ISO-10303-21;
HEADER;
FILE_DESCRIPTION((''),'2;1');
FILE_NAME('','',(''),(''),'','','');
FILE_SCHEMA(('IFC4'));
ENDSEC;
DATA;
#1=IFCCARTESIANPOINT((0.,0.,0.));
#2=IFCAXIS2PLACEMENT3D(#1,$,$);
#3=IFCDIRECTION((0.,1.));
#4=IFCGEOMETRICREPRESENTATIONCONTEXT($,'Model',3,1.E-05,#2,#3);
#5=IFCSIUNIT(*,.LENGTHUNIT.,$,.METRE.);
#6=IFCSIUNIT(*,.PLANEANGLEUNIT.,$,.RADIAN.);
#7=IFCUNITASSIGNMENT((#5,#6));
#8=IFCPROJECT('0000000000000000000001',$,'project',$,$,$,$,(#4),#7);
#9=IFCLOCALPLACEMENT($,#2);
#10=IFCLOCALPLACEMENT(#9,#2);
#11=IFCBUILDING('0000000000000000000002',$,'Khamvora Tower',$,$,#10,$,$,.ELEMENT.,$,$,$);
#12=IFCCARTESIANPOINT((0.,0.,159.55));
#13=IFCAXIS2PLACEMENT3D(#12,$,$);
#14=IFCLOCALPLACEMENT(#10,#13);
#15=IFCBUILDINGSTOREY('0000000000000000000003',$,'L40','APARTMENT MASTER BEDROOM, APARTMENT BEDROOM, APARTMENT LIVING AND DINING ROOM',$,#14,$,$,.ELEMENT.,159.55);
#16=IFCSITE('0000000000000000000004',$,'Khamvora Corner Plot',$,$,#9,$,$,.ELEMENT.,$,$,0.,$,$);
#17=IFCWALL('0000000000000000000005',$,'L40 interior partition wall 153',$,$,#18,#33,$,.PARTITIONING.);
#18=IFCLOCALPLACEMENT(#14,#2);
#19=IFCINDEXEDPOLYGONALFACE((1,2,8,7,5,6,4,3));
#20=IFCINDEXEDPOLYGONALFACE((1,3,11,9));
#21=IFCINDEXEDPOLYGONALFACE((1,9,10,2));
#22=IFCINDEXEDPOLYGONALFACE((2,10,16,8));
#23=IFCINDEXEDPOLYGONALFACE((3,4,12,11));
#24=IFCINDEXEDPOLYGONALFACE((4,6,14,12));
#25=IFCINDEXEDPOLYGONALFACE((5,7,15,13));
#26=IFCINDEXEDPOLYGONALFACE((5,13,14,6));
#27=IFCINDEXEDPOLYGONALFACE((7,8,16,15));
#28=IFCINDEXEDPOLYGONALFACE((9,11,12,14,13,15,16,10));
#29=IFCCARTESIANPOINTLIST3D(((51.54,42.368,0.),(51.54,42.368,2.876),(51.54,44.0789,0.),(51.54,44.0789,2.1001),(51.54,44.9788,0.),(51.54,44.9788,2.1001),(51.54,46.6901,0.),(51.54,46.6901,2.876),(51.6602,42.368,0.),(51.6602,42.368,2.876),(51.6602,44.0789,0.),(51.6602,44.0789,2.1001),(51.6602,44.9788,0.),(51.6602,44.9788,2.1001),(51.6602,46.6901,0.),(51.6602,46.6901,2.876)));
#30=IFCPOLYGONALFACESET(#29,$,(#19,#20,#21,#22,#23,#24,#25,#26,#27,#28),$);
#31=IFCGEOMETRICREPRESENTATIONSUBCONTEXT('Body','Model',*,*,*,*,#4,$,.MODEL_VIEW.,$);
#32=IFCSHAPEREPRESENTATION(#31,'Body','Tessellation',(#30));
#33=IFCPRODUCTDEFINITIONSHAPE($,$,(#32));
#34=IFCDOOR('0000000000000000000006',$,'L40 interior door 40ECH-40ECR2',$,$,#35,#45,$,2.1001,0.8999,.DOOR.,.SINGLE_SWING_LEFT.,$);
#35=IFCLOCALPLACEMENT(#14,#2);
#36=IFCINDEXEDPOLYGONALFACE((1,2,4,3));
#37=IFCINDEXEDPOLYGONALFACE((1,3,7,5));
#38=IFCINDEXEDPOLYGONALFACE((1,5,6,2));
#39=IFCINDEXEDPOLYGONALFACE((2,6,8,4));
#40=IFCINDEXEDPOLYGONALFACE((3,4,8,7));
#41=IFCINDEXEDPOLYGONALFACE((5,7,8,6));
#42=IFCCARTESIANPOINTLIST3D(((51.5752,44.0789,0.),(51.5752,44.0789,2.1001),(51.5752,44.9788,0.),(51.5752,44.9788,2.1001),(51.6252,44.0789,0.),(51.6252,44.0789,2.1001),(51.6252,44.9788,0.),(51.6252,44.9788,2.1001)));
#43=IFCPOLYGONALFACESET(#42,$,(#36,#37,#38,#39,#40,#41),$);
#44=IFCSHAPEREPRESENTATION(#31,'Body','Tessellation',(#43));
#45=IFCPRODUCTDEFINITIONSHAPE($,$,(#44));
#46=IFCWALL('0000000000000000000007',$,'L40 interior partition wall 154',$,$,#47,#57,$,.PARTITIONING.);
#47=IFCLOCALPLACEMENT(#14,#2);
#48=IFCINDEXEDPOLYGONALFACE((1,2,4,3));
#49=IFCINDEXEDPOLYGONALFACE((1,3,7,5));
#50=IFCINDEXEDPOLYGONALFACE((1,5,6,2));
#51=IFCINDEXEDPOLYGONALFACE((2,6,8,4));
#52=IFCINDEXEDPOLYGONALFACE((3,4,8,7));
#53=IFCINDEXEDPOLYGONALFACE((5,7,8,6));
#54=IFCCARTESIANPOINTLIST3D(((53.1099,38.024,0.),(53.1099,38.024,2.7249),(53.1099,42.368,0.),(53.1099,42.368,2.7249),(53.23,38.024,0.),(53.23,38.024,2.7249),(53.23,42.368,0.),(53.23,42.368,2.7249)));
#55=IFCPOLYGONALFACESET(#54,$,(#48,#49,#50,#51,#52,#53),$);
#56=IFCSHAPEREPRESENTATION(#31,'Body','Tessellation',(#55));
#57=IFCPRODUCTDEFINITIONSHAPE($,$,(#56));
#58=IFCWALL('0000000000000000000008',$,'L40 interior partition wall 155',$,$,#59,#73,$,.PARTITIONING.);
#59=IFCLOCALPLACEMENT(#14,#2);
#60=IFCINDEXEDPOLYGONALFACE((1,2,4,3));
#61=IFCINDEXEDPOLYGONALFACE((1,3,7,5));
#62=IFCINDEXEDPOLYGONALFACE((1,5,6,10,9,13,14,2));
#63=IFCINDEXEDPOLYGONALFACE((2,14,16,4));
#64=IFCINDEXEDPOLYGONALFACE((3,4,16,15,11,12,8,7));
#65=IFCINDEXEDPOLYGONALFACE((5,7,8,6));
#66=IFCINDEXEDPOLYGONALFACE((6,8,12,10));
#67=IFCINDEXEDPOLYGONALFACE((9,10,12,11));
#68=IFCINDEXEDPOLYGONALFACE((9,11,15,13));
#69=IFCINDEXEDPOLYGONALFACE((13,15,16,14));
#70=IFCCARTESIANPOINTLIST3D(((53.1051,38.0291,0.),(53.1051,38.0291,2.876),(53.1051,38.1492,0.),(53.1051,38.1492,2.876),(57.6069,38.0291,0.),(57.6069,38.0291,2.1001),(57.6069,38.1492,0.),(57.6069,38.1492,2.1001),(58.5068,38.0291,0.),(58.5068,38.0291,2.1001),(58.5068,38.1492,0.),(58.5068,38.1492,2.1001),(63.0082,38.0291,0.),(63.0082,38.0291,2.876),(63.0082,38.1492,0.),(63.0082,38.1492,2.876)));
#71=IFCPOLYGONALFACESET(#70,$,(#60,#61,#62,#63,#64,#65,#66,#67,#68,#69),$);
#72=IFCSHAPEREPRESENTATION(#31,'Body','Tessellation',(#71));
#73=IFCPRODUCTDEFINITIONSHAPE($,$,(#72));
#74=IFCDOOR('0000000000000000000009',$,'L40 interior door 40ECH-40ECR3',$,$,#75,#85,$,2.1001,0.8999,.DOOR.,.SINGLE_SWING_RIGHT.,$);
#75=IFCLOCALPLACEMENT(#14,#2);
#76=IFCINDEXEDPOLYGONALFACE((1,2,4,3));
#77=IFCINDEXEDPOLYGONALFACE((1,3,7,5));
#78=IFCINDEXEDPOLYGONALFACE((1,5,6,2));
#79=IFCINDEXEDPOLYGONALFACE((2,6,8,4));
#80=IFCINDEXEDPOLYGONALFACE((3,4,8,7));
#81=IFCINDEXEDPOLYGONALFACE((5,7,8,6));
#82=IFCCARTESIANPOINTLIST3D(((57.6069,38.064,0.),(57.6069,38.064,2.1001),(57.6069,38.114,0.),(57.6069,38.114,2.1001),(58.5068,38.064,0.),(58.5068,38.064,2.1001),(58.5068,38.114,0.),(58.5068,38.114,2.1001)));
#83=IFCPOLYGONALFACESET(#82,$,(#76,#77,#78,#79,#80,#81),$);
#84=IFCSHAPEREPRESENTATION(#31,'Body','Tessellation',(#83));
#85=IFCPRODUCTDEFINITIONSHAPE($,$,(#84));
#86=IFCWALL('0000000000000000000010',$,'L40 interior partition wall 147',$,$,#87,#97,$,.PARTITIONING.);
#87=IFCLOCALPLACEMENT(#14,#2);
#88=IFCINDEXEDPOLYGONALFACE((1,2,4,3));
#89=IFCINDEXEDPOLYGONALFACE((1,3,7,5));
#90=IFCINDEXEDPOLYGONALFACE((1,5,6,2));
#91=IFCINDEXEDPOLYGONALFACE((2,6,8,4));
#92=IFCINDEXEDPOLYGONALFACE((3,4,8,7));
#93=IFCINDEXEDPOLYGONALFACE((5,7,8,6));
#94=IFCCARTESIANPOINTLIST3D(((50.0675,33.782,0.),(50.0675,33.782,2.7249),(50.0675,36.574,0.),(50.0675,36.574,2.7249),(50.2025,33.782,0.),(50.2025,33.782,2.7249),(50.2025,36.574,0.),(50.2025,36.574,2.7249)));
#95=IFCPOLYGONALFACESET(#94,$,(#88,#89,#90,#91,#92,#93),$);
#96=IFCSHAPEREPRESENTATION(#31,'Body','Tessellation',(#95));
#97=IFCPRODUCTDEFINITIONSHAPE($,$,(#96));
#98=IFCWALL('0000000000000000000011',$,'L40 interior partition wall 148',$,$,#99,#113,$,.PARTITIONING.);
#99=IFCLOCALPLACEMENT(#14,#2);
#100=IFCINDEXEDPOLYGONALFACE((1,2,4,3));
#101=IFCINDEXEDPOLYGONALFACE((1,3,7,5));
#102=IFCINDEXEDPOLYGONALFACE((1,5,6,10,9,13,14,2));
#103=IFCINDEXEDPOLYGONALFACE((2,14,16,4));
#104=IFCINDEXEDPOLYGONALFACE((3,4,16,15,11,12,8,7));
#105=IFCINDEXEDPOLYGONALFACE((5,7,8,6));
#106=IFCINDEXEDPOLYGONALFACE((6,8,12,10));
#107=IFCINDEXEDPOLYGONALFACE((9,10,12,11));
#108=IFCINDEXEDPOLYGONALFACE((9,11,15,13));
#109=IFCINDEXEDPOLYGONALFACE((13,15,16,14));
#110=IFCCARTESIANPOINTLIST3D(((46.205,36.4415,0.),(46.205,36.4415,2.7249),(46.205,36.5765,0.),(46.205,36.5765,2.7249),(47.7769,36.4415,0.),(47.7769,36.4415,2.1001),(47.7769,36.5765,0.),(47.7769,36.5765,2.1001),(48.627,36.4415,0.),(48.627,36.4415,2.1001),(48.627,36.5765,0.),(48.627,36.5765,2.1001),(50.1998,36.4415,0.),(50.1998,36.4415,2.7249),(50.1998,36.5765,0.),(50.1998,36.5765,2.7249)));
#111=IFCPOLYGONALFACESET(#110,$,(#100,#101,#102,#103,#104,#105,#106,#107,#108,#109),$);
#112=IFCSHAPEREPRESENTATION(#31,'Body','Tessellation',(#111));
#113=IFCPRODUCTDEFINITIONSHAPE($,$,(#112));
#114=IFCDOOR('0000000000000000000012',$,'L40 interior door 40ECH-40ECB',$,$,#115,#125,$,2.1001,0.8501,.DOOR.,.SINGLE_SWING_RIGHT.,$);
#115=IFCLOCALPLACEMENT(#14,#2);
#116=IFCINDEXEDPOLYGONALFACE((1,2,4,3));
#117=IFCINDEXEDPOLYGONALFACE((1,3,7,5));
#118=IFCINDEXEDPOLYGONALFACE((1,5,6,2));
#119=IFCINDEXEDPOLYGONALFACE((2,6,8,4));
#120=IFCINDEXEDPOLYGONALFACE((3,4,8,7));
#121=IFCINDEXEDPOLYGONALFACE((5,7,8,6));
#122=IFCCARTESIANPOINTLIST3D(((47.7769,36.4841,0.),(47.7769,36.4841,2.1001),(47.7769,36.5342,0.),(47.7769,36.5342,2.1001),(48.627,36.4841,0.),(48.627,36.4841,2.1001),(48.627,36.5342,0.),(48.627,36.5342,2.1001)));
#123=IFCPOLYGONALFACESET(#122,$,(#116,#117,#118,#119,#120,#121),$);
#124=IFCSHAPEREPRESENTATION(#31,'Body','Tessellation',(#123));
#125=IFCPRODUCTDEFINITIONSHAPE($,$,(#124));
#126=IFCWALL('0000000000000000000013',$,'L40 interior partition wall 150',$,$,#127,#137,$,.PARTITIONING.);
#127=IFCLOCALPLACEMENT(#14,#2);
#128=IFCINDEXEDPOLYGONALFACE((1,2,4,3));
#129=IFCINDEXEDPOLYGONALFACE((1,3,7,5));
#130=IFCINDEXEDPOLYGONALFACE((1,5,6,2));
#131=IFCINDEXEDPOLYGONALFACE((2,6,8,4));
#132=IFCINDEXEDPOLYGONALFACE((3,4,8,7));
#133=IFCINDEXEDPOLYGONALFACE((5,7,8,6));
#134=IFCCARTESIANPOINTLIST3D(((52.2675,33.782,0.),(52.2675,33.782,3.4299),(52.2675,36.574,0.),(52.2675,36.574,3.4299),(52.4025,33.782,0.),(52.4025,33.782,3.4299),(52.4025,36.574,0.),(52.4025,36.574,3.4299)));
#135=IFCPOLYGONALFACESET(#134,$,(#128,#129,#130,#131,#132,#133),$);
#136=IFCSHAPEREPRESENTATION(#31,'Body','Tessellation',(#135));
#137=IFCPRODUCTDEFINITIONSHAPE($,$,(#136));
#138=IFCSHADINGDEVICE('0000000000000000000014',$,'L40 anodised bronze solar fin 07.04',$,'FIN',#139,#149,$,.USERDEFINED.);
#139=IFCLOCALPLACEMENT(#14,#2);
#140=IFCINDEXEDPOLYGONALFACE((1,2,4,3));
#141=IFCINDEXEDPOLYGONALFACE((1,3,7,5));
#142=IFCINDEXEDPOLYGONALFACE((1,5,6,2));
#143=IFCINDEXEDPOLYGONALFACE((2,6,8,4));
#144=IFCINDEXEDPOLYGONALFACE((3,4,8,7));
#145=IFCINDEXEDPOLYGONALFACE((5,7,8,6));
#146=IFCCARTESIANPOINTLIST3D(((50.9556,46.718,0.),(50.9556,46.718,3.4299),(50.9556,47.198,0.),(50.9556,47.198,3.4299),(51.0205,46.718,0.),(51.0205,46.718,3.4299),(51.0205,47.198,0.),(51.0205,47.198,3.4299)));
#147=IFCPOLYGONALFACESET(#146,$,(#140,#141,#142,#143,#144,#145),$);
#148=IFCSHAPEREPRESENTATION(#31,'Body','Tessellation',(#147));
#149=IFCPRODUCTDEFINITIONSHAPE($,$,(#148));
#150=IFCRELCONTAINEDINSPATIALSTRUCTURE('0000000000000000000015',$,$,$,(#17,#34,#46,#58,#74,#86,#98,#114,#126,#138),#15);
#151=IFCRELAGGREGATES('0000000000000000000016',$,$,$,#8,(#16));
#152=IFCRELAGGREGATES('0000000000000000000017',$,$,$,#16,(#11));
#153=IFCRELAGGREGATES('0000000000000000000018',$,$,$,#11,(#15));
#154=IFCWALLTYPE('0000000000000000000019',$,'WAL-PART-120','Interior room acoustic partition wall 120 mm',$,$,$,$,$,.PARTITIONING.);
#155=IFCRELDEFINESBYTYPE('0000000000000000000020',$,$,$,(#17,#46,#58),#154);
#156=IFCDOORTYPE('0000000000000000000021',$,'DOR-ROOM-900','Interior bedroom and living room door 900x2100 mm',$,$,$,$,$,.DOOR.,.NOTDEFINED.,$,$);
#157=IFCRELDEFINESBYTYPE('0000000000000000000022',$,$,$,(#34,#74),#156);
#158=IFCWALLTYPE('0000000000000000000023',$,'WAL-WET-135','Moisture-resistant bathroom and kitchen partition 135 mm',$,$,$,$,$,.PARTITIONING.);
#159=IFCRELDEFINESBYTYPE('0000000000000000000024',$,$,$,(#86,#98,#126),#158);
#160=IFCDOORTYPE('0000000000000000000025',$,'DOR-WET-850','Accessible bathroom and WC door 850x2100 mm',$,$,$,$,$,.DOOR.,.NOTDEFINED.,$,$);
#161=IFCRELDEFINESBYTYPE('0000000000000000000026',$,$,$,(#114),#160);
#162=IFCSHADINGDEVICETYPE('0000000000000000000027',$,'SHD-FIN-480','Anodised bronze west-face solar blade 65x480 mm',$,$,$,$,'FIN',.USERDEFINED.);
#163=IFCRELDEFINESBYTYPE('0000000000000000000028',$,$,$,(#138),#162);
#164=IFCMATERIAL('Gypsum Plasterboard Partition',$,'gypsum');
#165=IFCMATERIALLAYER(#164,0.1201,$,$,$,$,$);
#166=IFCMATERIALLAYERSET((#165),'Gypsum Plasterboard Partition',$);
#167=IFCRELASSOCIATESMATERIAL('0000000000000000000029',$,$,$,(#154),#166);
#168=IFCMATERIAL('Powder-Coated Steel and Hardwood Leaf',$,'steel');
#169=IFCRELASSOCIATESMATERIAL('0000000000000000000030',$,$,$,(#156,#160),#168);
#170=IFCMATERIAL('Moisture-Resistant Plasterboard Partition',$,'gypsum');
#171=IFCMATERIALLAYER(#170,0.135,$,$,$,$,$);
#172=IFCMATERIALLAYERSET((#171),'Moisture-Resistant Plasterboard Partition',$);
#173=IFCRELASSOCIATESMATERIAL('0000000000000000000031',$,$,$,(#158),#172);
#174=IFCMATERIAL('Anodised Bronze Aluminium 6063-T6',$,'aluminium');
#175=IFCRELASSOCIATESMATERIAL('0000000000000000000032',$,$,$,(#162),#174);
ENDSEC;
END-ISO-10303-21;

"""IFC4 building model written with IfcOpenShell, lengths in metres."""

from ifc_helpers import new_model, si_unit, direction, frame, frame_2d, origin, origin_2d, place, context, subcontext, project, spatial, rectangle, extrude, material, layer, layer_set, type_object, element, fill, save


model = new_model("IFC4")

# Units and contexts
model_context = context("Model", 3, precision=1e-05, world=origin(), true_north=direction((0.0, 1.0)))
body_context = subcontext(model_context, "Body", "Model", "MODEL_VIEW")
ifc_project = project(units=[si_unit("LENGTHUNIT", "METRE"), si_unit("PLANEANGLEUNIT", "RADIAN")], contexts=[model_context])

# Site, building, storey
site_placement = place(None, origin())
site = spatial("IfcSite", under=ifc_project, at=site_placement, Name="Khamvora Corner Plot", CompositionType="ELEMENT", RefElevation=0.0)
building_placement = place(site_placement, origin())
building = spatial("IfcBuilding", under=site, at=building_placement, Name="Khamvora Tower", CompositionType="ELEMENT")
storey_placement = place(building_placement, frame((0.0, 0.0, 159.55)))
storey = spatial("IfcBuildingStorey", under=building, at=storey_placement, Name="L40", Description="APARTMENT MASTER BEDROOM, APARTMENT BEDROOM, APARTMENT LIVING AND DINING ROOM", CompositionType="ELEMENT", Elevation=159.55)

# Shared definitions
ifc_material_1 = material(Name="Powder-Coated Steel and Hardwood Leaf", Category="steel")

# Shared definitions
ifc_material_2 = material(Name="Gypsum Plasterboard Partition", Category="gypsum")
ifc_layer_1 = layer(ifc_material_2, 0.1201)
ifc_layer_set_1 = layer_set([ifc_layer_1], Name="Gypsum Plasterboard Partition")
wall_type_1 = type_object("IfcWallType", Name="WAL-PART-120", Description="Interior room acoustic partition wall 120 mm", PredefinedType="PARTITIONING", material=ifc_layer_set_1)

# Wall, opening, door
wall_1_placement = place(storey_placement, frame((51.6001, 42.3679, 0.0), z_axis=(0.0, 0.0, 1.0), x_axis=(0.0, 1.0, 0.0)))
wall_1 = element("IfcWall", 1, at=wall_1_placement, inside=storey, type_object=wall_type_1, Name="L40 interior partition wall 153", PredefinedType="PARTITIONING", context=body_context, shape_type="SweptSolid", body=[
    extrude(rectangle(XDim=4.322, YDim=0.1201, at=frame_2d((2.1611, 0.0))), origin(), (0.0, 0.0, 1.0), 2.876),
])
opening_1_placement = place(wall_1_placement, frame((1.7109, 0.0, 0.0)))
opening_1 = element("IfcOpeningElement", 2, at=opening_1_placement, cuts=wall_1, PredefinedType="OPENING", context=body_context, shape_type="SweptSolid", body=[
    extrude(rectangle(XDim=0.8999, YDim=2.1001, at=frame_2d((0.45, 1.05))), frame((0.0, 0.0701, 0.0), z_axis=(0.0, -1.0, 0.0), x_axis=(1.0, 0.0, 0.0)), (0.0, 0.0, 1.0), 0.1401),
])
door_type_1 = type_object("IfcDoorType", Name="DOR-ROOM-900", Description="Interior bedroom and living room door 900x2100 mm", OperationType="NOTDEFINED", PredefinedType="DOOR", material=ifc_material_1)
door_1_placement = place(opening_1_placement, origin())
door_1 = element("IfcDoor", 3, at=door_1_placement, inside=storey, type_object=door_type_1, Name="L40 interior door 40ECH-40ECR2", OperationType="SINGLE_SWING_LEFT", OverallHeight=2.1001, OverallWidth=0.8999, PredefinedType="DOOR", context=body_context, shape_type="SweptSolid", body=[
    extrude(rectangle(XDim=0.8999, YDim=2.1001, at=frame_2d((0.45, 1.05))), frame((0.0, 0.0249, 0.0), z_axis=(0.0, -1.0, 0.0), x_axis=(1.0, 0.0, 0.0)), (0.0, 0.0, 1.0), 0.05),
])
fill(opening_1, door_1)

# Wall
wall_2_placement = place(storey_placement, frame((53.1699, 42.3679, 0.0), z_axis=(0.0, 0.0, 1.0), x_axis=(0.0, -1.0, 0.0)))
element("IfcWall", 4, at=wall_2_placement, inside=storey, type_object=wall_type_1, Name="L40 interior partition wall 154", PredefinedType="PARTITIONING", context=body_context, shape_type="SweptSolid", body=[
    extrude(rectangle(XDim=4.344, YDim=0.1201, at=frame_2d((2.1719, 0.0))), origin(), (0.0, 0.0, 1.0), 2.7249),
])

# Wall, opening, door
wall_3_placement = place(storey_placement, frame((53.105, 38.0891, 0.0), z_axis=(0.0, 0.0, 1.0), x_axis=(1.0, 0.0, 0.0)))
wall_3 = element("IfcWall", 5, at=wall_3_placement, inside=storey, type_object=wall_type_1, Name="L40 interior partition wall 155", PredefinedType="PARTITIONING", context=body_context, shape_type="SweptSolid", body=[
    extrude(rectangle(XDim=9.9031, YDim=0.1201, at=frame_2d((4.9517, 0.0))), origin(), (0.0, 0.0, 1.0), 2.876),
])
opening_2_placement = place(wall_3_placement, frame((4.502, 0.0, 0.0)))
opening_2 = element("IfcOpeningElement", 6, at=opening_2_placement, cuts=wall_3, PredefinedType="OPENING", context=body_context, shape_type="SweptSolid", body=[
    extrude(rectangle(XDim=0.8999, YDim=2.1001, at=frame_2d((0.45, 1.05))), frame((0.0, 0.0701, 0.0), z_axis=(0.0, -1.0, 0.0), x_axis=(1.0, 0.0, 0.0)), (0.0, 0.0, 1.0), 0.1401),
])
door_2_placement = place(opening_2_placement, origin())
door_2 = element("IfcDoor", 7, at=door_2_placement, inside=storey, type_object=door_type_1, Name="L40 interior door 40ECH-40ECR3", OperationType="SINGLE_SWING_RIGHT", OverallHeight=2.1001, OverallWidth=0.8999, PredefinedType="DOOR", context=body_context, shape_type="SweptSolid", body=[
    extrude(rectangle(XDim=0.8999, YDim=2.1001, at=frame_2d((0.45, 1.05))), frame((0.0, 0.0249, 0.0), z_axis=(0.0, -1.0, 0.0), x_axis=(1.0, 0.0, 0.0)), (0.0, 0.0, 1.0), 0.05),
])
fill(opening_2, door_2)

# Wall
ifc_material_3 = material(Name="Moisture-Resistant Plasterboard Partition", Category="gypsum")
ifc_layer_2 = layer(ifc_material_3, 0.135)
ifc_layer_set_2 = layer_set([ifc_layer_2], Name="Moisture-Resistant Plasterboard Partition")
wall_type_2 = type_object("IfcWallType", Name="WAL-WET-135", Description="Moisture-resistant bathroom and kitchen partition 135 mm", PredefinedType="PARTITIONING", material=ifc_layer_set_2)
wall_4_placement = place(storey_placement, frame((50.135, 33.782, 0.0), z_axis=(0.0, 0.0, 1.0), x_axis=(0.0, 1.0, 0.0)))
element("IfcWall", 8, at=wall_4_placement, inside=storey, type_object=wall_type_2, Name="L40 interior partition wall 147", PredefinedType="PARTITIONING", context=body_context, shape_type="SweptSolid", body=[
    extrude(rectangle(XDim=2.792, YDim=0.135, at=frame_2d((1.396, 0.0))), origin(), (0.0, 0.0, 1.0), 2.7249),
])

# Wall, opening, door
wall_5_placement = place(storey_placement, frame((50.2, 36.509, 0.0), z_axis=(0.0, 0.0, 1.0), x_axis=(-1.0, 0.0, 0.0)))
wall_5 = element("IfcWall", 9, at=wall_5_placement, inside=storey, type_object=wall_type_2, Name="L40 interior partition wall 148", PredefinedType="PARTITIONING", context=body_context, shape_type="SweptSolid", body=[
    extrude(rectangle(XDim=3.9949, YDim=0.135, at=frame_2d((1.9976, 0.0))), origin(), (0.0, 0.0, 1.0), 2.7249),
])
opening_3_placement = place(wall_5_placement, frame((1.573, 0.0, 0.0)))
opening_3 = element("IfcOpeningElement", 10, at=opening_3_placement, cuts=wall_5, PredefinedType="OPENING", context=body_context, shape_type="SweptSolid", body=[
    extrude(rectangle(XDim=0.8501, YDim=2.1001, at=frame_2d((0.425, 1.05))), frame((0.0, 0.0774, 0.0), z_axis=(0.0, -1.0, 0.0), x_axis=(1.0, 0.0, 0.0)), (0.0, 0.0, 1.0), 0.155),
])
door_type_2 = type_object("IfcDoorType", Name="DOR-WET-850", Description="Accessible bathroom and WC door 850x2100 mm", OperationType="NOTDEFINED", PredefinedType="DOOR", material=ifc_material_1)
door_3_placement = place(opening_3_placement, origin())
door_3 = element("IfcDoor", 11, at=door_3_placement, inside=storey, type_object=door_type_2, Name="L40 interior door 40ECH-40ECB", OperationType="SINGLE_SWING_RIGHT", OverallHeight=2.1001, OverallWidth=0.8501, PredefinedType="DOOR", context=body_context, shape_type="SweptSolid", body=[
    extrude(rectangle(XDim=0.8501, YDim=2.1001, at=frame_2d((0.425, 1.05))), frame((0.0, 0.0249, 0.0), z_axis=(0.0, -1.0, 0.0), x_axis=(1.0, 0.0, 0.0)), (0.0, 0.0, 1.0), 0.05),
])
fill(opening_3, door_3)

# Wall
wall_6_placement = place(storey_placement, frame((52.335, 36.574, 0.0), z_axis=(0.0, 0.0, 1.0), x_axis=(0.0, -1.0, 0.0)))
element("IfcWall", 12, at=wall_6_placement, inside=storey, type_object=wall_type_2, Name="L40 interior partition wall 150", PredefinedType="PARTITIONING", context=body_context, shape_type="SweptSolid", body=[
    extrude(rectangle(XDim=2.792, YDim=0.135, at=frame_2d((1.396, 0.0))), origin(), (0.0, 0.0, 1.0), 3.4299),
])

# Shading device
ifc_material_4 = material(Name="Anodised Bronze Aluminium 6063-T6", Category="aluminium")
shading_device_type = type_object("IfcShadingDeviceType", Name="SHD-FIN-480", Description="Anodised bronze west-face solar blade 65x480 mm", ElementType="FIN", PredefinedType="USERDEFINED", material=ifc_material_4)
shading_device_placement = place(storey_placement, frame((50.988, 46.958, 0.0), z_axis=(0.0, 0.0, 1.0), x_axis=(1.0, 0.0, 0.0)))
element("IfcShadingDevice", 13, at=shading_device_placement, inside=storey, type_object=shading_device_type, Name="L40 anodised bronze solar fin 07.04", ObjectType="FIN", PredefinedType="USERDEFINED", context=body_context, shape_type="SweptSolid", body=[
    extrude(rectangle(XDim=0.0649, YDim=0.48, at=origin_2d()), origin(), (0.0, 0.0, 1.0), 3.4299),
])

save(model, "model.ifc")
